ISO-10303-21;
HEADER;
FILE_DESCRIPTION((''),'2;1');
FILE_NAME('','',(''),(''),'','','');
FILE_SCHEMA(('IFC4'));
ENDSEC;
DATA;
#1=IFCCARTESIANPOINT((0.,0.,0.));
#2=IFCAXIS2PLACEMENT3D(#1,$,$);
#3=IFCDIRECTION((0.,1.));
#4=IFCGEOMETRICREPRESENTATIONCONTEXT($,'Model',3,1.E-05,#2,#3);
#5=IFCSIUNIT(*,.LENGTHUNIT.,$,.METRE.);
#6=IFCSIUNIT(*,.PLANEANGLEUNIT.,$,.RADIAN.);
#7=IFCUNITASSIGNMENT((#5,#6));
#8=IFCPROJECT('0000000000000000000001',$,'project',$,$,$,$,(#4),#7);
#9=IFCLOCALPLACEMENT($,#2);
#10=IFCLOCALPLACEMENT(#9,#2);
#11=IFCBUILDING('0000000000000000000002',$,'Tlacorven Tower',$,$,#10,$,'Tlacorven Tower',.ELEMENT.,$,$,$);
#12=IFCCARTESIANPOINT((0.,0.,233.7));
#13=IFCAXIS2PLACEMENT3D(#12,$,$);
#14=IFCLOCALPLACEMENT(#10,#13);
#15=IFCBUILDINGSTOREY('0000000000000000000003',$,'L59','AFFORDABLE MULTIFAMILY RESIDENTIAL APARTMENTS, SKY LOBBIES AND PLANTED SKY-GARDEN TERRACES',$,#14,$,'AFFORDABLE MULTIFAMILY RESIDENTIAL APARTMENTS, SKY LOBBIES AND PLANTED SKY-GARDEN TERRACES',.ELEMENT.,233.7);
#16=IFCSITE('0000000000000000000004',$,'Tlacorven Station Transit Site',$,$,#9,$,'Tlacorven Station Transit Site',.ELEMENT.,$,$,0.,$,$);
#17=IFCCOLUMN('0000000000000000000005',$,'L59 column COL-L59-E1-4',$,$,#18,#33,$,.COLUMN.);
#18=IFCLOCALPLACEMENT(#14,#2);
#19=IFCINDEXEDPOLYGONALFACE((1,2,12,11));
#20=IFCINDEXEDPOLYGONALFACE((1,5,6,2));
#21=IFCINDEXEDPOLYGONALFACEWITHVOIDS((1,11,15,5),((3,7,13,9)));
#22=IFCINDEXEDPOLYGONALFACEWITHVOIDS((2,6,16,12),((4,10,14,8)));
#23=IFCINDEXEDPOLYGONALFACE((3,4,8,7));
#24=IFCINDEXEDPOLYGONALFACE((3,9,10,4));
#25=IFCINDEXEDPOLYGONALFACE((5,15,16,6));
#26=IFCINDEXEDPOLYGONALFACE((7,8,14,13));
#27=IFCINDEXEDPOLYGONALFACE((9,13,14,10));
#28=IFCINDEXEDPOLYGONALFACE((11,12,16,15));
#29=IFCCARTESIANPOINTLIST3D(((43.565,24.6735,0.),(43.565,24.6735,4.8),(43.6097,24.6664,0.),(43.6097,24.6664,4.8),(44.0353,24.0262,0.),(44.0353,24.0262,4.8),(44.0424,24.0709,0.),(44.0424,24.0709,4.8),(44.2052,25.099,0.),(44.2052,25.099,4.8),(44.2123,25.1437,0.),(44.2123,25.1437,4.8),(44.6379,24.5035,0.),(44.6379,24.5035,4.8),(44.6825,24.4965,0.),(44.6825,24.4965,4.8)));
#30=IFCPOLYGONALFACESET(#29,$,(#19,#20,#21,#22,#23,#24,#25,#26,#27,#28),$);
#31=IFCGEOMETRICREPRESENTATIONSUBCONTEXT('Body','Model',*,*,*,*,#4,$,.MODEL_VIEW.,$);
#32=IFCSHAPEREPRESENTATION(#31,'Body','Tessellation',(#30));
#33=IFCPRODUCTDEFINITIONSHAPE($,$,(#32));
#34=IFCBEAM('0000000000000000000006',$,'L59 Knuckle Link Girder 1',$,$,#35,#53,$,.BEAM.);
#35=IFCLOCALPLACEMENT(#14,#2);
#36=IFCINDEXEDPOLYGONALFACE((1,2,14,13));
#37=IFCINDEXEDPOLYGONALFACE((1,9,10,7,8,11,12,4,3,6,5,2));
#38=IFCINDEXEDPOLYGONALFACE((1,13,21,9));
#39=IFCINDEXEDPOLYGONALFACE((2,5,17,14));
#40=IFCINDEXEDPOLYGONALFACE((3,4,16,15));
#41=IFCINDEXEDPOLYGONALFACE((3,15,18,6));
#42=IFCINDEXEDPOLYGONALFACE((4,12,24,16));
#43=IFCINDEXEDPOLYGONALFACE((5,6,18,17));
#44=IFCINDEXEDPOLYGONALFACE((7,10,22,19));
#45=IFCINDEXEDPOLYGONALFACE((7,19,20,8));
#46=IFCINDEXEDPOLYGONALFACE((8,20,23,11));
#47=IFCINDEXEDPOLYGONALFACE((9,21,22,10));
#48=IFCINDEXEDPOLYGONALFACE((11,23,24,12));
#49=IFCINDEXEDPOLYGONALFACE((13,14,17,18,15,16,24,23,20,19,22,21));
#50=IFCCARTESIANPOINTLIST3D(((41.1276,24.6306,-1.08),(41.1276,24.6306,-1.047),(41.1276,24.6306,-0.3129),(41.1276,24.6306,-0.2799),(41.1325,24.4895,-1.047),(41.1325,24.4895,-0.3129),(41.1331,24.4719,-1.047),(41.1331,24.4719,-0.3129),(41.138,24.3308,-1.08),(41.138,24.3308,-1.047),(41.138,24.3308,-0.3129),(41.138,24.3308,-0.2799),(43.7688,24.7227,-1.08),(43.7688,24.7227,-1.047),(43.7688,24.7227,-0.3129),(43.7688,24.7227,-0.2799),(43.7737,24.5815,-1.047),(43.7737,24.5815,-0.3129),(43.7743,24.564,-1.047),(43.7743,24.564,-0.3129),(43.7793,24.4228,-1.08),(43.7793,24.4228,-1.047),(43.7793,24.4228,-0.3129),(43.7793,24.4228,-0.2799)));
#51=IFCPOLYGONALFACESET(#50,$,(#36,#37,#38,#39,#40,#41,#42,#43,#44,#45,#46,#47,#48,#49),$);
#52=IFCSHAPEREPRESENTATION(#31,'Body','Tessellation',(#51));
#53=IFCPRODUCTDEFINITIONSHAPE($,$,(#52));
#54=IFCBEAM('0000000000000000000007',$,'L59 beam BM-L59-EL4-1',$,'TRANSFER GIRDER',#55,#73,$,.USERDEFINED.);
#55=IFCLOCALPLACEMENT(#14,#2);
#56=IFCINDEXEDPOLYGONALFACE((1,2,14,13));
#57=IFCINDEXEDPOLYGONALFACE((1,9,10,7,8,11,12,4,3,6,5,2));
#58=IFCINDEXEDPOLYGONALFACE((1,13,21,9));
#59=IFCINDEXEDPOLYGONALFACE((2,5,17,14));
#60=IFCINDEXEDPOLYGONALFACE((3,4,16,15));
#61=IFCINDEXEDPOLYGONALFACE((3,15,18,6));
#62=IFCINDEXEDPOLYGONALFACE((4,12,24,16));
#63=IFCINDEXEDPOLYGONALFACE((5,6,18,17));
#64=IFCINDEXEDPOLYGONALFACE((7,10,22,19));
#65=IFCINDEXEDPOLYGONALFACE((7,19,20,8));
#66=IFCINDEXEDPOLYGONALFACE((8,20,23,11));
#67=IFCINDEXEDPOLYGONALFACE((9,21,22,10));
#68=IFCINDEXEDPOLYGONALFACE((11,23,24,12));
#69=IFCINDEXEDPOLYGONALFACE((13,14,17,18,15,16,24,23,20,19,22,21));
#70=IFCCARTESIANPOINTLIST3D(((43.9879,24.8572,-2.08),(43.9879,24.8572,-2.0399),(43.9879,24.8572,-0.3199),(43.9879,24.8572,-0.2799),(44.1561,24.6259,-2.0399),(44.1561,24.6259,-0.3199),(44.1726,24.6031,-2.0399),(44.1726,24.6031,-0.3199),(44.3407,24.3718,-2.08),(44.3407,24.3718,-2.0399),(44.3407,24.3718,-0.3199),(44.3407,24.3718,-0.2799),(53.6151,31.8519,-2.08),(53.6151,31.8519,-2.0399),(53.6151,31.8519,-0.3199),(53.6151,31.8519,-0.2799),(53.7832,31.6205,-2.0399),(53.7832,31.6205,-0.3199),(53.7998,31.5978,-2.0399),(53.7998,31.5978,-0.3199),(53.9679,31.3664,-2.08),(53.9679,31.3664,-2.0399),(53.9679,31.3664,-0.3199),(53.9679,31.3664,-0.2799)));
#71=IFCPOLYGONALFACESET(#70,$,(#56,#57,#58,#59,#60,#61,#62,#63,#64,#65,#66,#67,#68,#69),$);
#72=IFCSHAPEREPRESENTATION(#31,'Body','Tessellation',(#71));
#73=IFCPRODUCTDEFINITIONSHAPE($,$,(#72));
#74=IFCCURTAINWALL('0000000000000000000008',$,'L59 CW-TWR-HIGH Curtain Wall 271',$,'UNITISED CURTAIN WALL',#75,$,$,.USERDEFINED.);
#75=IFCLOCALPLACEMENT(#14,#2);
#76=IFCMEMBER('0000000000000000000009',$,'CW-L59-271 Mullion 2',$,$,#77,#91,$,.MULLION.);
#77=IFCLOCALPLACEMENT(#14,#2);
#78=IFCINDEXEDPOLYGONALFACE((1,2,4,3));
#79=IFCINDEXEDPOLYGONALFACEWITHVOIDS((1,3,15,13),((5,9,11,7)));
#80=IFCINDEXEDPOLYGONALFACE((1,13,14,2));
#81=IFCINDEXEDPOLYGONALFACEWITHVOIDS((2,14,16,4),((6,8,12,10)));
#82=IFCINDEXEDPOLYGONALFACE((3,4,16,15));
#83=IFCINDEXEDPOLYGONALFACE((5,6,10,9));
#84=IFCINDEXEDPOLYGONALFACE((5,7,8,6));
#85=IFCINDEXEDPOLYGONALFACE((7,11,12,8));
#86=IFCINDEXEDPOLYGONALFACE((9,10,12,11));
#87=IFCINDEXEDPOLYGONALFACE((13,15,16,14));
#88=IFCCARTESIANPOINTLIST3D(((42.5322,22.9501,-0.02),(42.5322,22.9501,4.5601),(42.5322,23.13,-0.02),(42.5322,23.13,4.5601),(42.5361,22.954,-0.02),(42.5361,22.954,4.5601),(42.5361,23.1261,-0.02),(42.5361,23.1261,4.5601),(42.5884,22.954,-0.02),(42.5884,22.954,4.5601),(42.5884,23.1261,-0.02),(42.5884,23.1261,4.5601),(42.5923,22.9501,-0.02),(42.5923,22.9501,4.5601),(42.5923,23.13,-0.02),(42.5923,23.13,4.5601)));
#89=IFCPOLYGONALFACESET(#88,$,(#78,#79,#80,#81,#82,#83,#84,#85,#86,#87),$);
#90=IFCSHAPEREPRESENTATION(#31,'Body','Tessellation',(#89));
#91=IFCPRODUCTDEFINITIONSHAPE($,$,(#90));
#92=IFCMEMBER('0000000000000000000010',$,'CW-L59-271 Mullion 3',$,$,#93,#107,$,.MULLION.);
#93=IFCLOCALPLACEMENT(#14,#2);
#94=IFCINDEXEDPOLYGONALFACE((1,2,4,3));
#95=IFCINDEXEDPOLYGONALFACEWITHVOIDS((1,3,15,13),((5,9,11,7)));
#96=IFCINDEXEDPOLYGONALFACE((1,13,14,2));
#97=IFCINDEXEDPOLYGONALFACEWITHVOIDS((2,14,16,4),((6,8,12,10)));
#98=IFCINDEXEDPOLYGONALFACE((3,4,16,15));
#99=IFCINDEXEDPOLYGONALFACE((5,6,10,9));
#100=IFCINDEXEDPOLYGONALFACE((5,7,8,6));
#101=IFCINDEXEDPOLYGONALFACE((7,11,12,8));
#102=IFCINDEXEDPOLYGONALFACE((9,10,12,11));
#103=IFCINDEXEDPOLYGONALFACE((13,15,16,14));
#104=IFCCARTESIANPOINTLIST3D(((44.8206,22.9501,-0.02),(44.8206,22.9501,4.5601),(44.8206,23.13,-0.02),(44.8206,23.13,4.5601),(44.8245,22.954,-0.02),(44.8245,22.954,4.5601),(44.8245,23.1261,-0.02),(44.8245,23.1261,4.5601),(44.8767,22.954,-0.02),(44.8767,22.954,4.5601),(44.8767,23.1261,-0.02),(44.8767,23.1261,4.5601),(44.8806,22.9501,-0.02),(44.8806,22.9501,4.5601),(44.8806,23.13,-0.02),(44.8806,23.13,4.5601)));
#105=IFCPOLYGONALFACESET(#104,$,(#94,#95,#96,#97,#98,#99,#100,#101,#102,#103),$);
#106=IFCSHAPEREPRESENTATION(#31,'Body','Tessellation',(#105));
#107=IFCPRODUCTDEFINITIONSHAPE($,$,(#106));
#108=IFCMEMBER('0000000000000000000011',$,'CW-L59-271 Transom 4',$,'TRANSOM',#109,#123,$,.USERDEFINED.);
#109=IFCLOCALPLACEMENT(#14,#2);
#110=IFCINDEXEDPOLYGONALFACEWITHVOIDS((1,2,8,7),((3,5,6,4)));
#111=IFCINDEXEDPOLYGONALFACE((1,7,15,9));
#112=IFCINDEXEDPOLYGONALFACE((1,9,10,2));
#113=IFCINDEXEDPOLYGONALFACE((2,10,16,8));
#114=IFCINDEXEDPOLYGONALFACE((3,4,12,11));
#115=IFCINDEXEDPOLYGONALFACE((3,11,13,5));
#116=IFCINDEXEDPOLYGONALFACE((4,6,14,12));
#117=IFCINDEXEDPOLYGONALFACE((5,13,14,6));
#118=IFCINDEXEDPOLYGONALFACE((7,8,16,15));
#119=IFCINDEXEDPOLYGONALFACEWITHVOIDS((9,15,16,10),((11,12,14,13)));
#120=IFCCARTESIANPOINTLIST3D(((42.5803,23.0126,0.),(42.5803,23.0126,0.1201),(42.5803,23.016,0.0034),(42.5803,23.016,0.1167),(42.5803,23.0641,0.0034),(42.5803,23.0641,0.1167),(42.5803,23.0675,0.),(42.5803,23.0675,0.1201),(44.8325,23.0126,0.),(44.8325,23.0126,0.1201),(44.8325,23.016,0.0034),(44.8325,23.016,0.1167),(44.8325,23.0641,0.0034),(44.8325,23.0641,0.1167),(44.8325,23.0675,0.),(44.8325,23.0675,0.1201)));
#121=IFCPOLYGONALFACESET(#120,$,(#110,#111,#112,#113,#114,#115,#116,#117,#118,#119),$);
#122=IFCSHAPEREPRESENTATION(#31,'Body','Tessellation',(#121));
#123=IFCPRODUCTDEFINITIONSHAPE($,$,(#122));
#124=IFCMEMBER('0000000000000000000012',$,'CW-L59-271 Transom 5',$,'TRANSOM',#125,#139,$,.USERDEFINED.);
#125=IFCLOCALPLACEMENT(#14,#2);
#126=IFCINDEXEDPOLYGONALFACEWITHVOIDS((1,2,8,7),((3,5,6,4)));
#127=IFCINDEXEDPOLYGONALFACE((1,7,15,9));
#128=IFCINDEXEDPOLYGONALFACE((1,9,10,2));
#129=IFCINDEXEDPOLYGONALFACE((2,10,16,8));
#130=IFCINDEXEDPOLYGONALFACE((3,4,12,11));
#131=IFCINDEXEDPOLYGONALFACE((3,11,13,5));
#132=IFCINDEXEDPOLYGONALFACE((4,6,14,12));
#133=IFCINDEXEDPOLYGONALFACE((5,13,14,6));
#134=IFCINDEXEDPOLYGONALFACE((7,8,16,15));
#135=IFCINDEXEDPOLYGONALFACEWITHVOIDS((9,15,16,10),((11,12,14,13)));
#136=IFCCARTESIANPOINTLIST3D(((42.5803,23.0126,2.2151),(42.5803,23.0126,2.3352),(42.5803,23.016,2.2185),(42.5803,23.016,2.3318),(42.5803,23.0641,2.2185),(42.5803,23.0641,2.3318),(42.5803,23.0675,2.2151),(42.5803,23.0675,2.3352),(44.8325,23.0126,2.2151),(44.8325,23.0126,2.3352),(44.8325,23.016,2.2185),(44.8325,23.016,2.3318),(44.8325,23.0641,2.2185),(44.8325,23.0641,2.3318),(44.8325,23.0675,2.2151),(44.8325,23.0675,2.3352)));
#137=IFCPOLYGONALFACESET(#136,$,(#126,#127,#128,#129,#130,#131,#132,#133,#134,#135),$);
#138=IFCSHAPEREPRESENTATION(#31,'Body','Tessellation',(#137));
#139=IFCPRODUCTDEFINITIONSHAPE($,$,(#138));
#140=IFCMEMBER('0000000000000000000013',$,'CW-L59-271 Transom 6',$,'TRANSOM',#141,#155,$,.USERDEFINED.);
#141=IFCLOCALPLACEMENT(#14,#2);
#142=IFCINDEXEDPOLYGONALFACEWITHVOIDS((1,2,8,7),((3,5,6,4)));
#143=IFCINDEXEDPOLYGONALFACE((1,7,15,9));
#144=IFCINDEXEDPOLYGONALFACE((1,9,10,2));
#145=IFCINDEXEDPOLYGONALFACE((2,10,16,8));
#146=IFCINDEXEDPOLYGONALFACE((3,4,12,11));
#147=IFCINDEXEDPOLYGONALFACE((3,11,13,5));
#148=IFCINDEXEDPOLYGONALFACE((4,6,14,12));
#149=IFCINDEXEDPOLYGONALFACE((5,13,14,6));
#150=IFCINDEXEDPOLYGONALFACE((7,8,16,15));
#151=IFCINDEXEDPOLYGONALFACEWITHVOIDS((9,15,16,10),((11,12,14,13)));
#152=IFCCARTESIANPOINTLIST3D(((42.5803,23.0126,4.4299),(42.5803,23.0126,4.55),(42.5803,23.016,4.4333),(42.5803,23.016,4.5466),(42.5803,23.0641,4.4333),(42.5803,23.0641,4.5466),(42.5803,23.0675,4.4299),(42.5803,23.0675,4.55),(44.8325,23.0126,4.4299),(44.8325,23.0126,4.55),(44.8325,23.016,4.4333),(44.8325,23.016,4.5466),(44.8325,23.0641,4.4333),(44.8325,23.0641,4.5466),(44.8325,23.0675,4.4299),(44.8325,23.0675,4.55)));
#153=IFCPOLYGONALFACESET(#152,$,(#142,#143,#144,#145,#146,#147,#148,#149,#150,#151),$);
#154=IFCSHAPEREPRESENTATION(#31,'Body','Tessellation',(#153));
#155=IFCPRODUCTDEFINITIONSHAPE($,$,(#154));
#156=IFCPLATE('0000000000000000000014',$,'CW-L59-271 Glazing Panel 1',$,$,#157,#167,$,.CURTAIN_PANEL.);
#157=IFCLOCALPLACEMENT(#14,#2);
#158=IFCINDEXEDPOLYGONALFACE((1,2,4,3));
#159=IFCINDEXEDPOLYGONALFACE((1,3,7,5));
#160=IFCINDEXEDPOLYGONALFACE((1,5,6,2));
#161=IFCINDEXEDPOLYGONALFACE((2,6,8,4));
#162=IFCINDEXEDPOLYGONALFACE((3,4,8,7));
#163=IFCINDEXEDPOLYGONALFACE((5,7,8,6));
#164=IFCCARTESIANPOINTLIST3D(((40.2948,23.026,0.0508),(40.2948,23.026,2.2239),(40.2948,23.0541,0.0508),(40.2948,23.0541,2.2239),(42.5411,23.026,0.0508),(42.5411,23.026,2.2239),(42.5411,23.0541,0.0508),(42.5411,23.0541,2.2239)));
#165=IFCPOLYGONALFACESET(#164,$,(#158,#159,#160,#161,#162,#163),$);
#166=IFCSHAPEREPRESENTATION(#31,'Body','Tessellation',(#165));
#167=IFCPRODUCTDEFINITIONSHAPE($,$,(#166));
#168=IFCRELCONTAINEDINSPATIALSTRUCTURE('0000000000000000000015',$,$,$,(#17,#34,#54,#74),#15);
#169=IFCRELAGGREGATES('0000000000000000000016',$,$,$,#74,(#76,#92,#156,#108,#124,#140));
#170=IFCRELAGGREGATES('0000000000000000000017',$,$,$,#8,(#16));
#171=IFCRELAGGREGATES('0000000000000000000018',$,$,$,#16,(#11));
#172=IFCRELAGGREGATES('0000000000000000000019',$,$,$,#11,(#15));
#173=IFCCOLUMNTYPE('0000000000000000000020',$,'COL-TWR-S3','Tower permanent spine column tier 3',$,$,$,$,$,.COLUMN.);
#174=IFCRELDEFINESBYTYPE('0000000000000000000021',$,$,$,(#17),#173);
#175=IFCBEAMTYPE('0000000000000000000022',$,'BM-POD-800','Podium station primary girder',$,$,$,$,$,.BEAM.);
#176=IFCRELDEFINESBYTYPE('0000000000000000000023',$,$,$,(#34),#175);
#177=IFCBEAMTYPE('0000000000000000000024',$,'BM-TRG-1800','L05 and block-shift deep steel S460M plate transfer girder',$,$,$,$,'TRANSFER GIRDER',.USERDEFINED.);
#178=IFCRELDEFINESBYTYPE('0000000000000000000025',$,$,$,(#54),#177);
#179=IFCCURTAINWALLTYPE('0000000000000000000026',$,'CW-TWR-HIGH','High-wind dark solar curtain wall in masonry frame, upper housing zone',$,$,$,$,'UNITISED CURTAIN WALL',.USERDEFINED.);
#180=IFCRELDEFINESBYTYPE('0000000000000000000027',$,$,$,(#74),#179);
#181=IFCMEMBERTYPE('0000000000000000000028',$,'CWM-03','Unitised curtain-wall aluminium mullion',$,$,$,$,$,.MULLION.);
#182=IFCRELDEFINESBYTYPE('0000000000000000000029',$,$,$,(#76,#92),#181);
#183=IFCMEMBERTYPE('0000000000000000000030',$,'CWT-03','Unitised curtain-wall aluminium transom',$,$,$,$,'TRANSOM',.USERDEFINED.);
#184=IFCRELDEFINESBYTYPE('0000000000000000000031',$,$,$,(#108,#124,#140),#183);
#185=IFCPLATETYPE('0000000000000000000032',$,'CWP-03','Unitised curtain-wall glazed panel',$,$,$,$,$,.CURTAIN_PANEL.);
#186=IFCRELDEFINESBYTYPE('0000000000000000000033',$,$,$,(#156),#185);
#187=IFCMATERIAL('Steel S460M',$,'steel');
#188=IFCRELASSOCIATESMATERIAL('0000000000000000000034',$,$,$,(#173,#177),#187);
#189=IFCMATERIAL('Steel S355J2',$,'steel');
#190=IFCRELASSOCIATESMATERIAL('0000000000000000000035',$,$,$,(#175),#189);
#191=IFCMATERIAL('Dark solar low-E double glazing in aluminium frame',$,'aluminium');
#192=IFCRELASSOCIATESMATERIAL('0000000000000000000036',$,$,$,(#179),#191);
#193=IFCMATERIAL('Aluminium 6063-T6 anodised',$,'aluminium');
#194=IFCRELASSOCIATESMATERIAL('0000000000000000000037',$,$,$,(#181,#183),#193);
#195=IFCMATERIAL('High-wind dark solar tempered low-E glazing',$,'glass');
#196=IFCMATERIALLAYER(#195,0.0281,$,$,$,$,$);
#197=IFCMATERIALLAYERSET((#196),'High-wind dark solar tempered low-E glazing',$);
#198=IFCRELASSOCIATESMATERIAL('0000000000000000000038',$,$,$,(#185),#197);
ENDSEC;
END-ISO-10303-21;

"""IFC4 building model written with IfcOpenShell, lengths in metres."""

from ifc_helpers import new_model, si_unit, direction, frame, origin, origin_2d, place, context, subcontext, project, spatial, rectangle, hollow_rectangle, i_section, extrude, source, transform, mapped, material, layer, layer_set, material_profile, profile_set, type_object, element, aggregate, save


model = new_model("IFC4")

# Units and contexts
model_context = context("Model", 3, precision=1e-05, world=origin(), true_north=direction((0.0, 1.0)))
body_context = subcontext(model_context, "Body", "Model", "MODEL_VIEW")
ifc_project = project(units=[si_unit("LENGTHUNIT", "METRE"), si_unit("PLANEANGLEUNIT", "RADIAN")], contexts=[model_context])

# Site, building, storey
site_placement = place(None, origin())
site = spatial("IfcSite", under=ifc_project, at=site_placement, Name="Tlacorven Station Transit Site", LongName="Tlacorven Station Transit Site", CompositionType="ELEMENT", RefElevation=0.0)
building_placement = place(site_placement, origin())
building = spatial("IfcBuilding", under=site, at=building_placement, Name="Tlacorven Tower", LongName="Tlacorven Tower", CompositionType="ELEMENT")
storey_placement = place(building_placement, frame((0.0, 0.0, 233.7)))
storey = spatial("IfcBuildingStorey", under=building, at=storey_placement, Name="L59", Description="AFFORDABLE MULTIFAMILY RESIDENTIAL APARTMENTS, SKY LOBBIES AND PLANTED SKY-GARDEN TERRACES", LongName="AFFORDABLE MULTIFAMILY RESIDENTIAL APARTMENTS, SKY LOBBIES AND PLANTED SKY-GARDEN TERRACES", CompositionType="ELEMENT", Elevation=233.7)

# Column
ifc_material_1 = material(Name="Steel S460M", Category="steel")
ifc_material_profile_1 = material_profile(ifc_material_1, hollow_rectangle(XDim=0.8, YDim=0.8, WallThickness=0.032, at=origin_2d()), Name="BOX 800X800X32")
ifc_profile_set_1 = profile_set([ifc_material_profile_1], Name="Steel S460M")
column_type = type_object("IfcColumnType", Name="COL-TWR-S3", Description="Tower permanent spine column tier 3", PredefinedType="COLUMN", material=ifc_profile_set_1)
shared_shape_1 = source(origin(), body_context, "Body", "SweptSolid", [
    extrude(hollow_rectangle(XDim=0.8, YDim=0.8, WallThickness=0.032, at=origin_2d()), origin(), (0.0, 0.0, 1.0), 4.8),
])
column_placement = place(storey_placement, frame((44.1238, 24.585, 0.0), z_axis=(0.0, 0.0, 1.0), x_axis=(0.809017, 0.587785, 0.0)))
element("IfcColumn", 1, at=column_placement, inside=storey, type_object=column_type, Name="L59 column COL-L59-E1-4", PredefinedType="COLUMN", context=body_context, shape_type="MappedRepresentation", body=[
    mapped(shared_shape_1, transform((0.0, 0.0, 0.0), scale=1.0)),
])

# Beams
ifc_material_2 = material(Name="Steel S355J2", Category="steel")
ifc_material_profile_2 = material_profile(ifc_material_2, i_section(OverallWidth=0.3, OverallDepth=0.8, WebThickness=0.0176, FlangeThickness=0.033, at=origin_2d()), Name="HEB 800")
ifc_profile_set_2 = profile_set([ifc_material_profile_2], Name="Steel S355J2")
beam_type_1 = type_object("IfcBeamType", Name="BM-POD-800", Description="Podium station primary girder", PredefinedType="BEAM", material=ifc_profile_set_2)
shared_shape_2 = source(origin(), body_context, "Body", "SweptSolid", [
    extrude(i_section(OverallWidth=0.3, OverallDepth=0.8, WebThickness=0.0176, FlangeThickness=0.033, at=origin_2d()), origin(), (0.0, 0.0, 1.0), 2.6428),
])
beam_1_placement = place(storey_placement, frame((41.1328, 24.4807, -0.6799), z_axis=(0.999393, 0.034828, 0.0), x_axis=(-0.034828, 0.999393, 0.0)))
element("IfcBeam", 2, at=beam_1_placement, inside=storey, type_object=beam_type_1, Name="L59 Knuckle Link Girder 1", PredefinedType="BEAM", context=body_context, shape_type="MappedRepresentation", body=[
    mapped(shared_shape_2, transform((0.0, 0.0, 0.0), scale=1.0)),
])
ifc_material_profile_3 = material_profile(ifc_material_1, i_section(OverallWidth=0.6001, OverallDepth=1.8, WebThickness=0.0281, FlangeThickness=0.04, at=origin_2d()), Name="PG 1800X600X28X40")
ifc_profile_set_3 = profile_set([ifc_material_profile_3], Name="Steel S460M")
beam_type_2 = type_object("IfcBeamType", Name="BM-TRG-1800", Description="L05 and block-shift deep steel S460M plate transfer girder", ElementType="TRANSFER GIRDER", PredefinedType="USERDEFINED", material=ifc_profile_set_3)
shared_shape_3 = source(origin(), body_context, "Body", "SweptSolid", [
    extrude(i_section(OverallWidth=0.6001, OverallDepth=1.8, WebThickness=0.0281, FlangeThickness=0.04, at=origin_2d()), origin(), (0.0, 0.0, 1.0), 11.8999),
])
beam_2_placement = place(storey_placement, frame((44.1643, 24.6145, -1.1799), z_axis=(0.809015, 0.587789, 0.0), x_axis=(-0.587789, 0.809015, 0.0)))
element("IfcBeam", 3, at=beam_2_placement, inside=storey, type_object=beam_type_2, Name="L59 beam BM-L59-EL4-1", ObjectType="TRANSFER GIRDER", PredefinedType="USERDEFINED", context=body_context, shape_type="MappedRepresentation", body=[
    mapped(shared_shape_3, transform((0.0, 0.0, 0.0), scale=1.0)),
])

# Curtain wall, members, plate
ifc_material_3 = material(Name="Dark solar low-E double glazing in aluminium frame", Category="aluminium")
curtain_wall_type = type_object("IfcCurtainWallType", Name="CW-TWR-HIGH", Description="High-wind dark solar curtain wall in masonry frame, upper housing zone", ElementType="UNITISED CURTAIN WALL", PredefinedType="USERDEFINED", material=ifc_material_3)
curtain_wall_placement = place(storey_placement, origin())
curtain_wall = element("IfcCurtainWall", 4, at=curtain_wall_placement, inside=storey, type_object=curtain_wall_type, Name="L59 CW-TWR-HIGH Curtain Wall 271", ObjectType="UNITISED CURTAIN WALL", PredefinedType="USERDEFINED")
ifc_material_4 = material(Name="Aluminium 6063-T6 anodised", Category="aluminium")
ifc_material_profile_4 = material_profile(ifc_material_4, hollow_rectangle(XDim=0.0601, YDim=0.1799, WallThickness=0.0039, at=origin_2d()), Name="ALU MULLION 60X180")
ifc_profile_set_4 = profile_set([ifc_material_profile_4], Name="Aluminium 6063-T6 anodised")
member_type_1 = type_object("IfcMemberType", Name="CWM-03", Description="Unitised curtain-wall aluminium mullion", PredefinedType="MULLION", material=ifc_profile_set_4)
shared_shape_4 = source(origin(), body_context, "Body", "SweptSolid", [
    extrude(hollow_rectangle(XDim=0.0601, YDim=0.1799, WallThickness=0.0039, at=origin_2d()), origin(), (0.0, 0.0, 1.0), 4.5801),
])
member_1_placement = place(storey_placement, frame((42.5623, 23.04, -0.02), z_axis=(0.0, 0.0, 1.0), x_axis=(1.0, 0.0, 0.0)))
member_1 = element("IfcMember", 5, at=member_1_placement, type_object=member_type_1, Name="CW-L59-271 Mullion 2", PredefinedType="MULLION", context=body_context, shape_type="MappedRepresentation", body=[
    mapped(shared_shape_4, transform((0.0, 0.0, 0.0), scale=1.0)),
])
member_2_placement = place(storey_placement, frame((44.8506, 23.04, -0.02), z_axis=(0.0, 0.0, 1.0), x_axis=(1.0, 0.0, 0.0)))
member_2 = element("IfcMember", 6, at=member_2_placement, type_object=member_type_1, Name="CW-L59-271 Mullion 3", PredefinedType="MULLION", context=body_context, shape_type="MappedRepresentation", body=[
    mapped(shared_shape_4, transform((0.0, 0.0, 0.0), scale=1.0)),
])
ifc_material_profile_5 = material_profile(ifc_material_4, hollow_rectangle(XDim=0.0549, YDim=0.1201, WallThickness=0.0034, at=origin_2d()), Name="ALU TRANSOM 55X120")
ifc_profile_set_5 = profile_set([ifc_material_profile_5], Name="Aluminium 6063-T6 anodised")
member_type_2 = type_object("IfcMemberType", Name="CWT-03", Description="Unitised curtain-wall aluminium transom", ElementType="TRANSOM", PredefinedType="USERDEFINED", material=ifc_profile_set_5)
shared_shape_5 = source(origin(), body_context, "Body", "SweptSolid", [
    extrude(hollow_rectangle(XDim=0.0549, YDim=0.1201, WallThickness=0.0034, at=origin_2d()), origin(), (0.0, 0.0, 1.0), 2.2522),
])
member_3_placement = place(storey_placement, frame((42.5803, 23.04, 0.0601), z_axis=(1.0, 0.0, 0.0), x_axis=(0.0, 1.0, 0.0)))
member_3 = element("IfcMember", 7, at=member_3_placement, type_object=member_type_2, Name="CW-L59-271 Transom 4", ObjectType="TRANSOM", PredefinedType="USERDEFINED", context=body_context, shape_type="MappedRepresentation", body=[
    mapped(shared_shape_5, transform((0.0, 0.0, 0.0), scale=1.0)),
])
member_4_placement = place(storey_placement, frame((42.5803, 23.04, 2.2751), z_axis=(1.0, 0.0, 0.0), x_axis=(0.0, 1.0, 0.0)))
member_4 = element("IfcMember", 8, at=member_4_placement, type_object=member_type_2, Name="CW-L59-271 Transom 5", ObjectType="TRANSOM", PredefinedType="USERDEFINED", context=body_context, shape_type="MappedRepresentation", body=[
    mapped(shared_shape_5, transform((0.0, 0.0, 0.0), scale=1.0)),
])
member_5_placement = place(storey_placement, frame((42.5803, 23.04, 4.49), z_axis=(1.0, 0.0, 0.0), x_axis=(0.0, 1.0, 0.0)))
member_5 = element("IfcMember", 9, at=member_5_placement, type_object=member_type_2, Name="CW-L59-271 Transom 6", ObjectType="TRANSOM", PredefinedType="USERDEFINED", context=body_context, shape_type="MappedRepresentation", body=[
    mapped(shared_shape_5, transform((0.0, 0.0, 0.0), scale=1.0)),
])
ifc_material_5 = material(Name="High-wind dark solar tempered low-E glazing", Category="glass")
ifc_layer_1 = layer(ifc_material_5, 0.0281)
ifc_layer_set_1 = layer_set([ifc_layer_1], Name="High-wind dark solar tempered low-E glazing")
plate_type = type_object("IfcPlateType", Name="CWP-03", Description="Unitised curtain-wall glazed panel", PredefinedType="CURTAIN_PANEL", material=ifc_layer_set_1)
shared_shape_6 = source(origin(), body_context, "Body", "SweptSolid", [
    extrude(rectangle(XDim=2.2463, YDim=0.0281, at=origin_2d()), origin(), (0.0, 0.0, 1.0), 2.1731),
])
plate_1_placement = place(storey_placement, frame((41.418, 23.04, 0.0508), z_axis=(0.0, 0.0, 1.0), x_axis=(1.0, 0.0, 0.0)))
plate_1 = element("IfcPlate", 10, at=plate_1_placement, type_object=plate_type, Name="CW-L59-271 Glazing Panel 1", PredefinedType="CURTAIN_PANEL", context=body_context, shape_type="MappedRepresentation", body=[
    mapped(shared_shape_6, transform((0.0, 0.0, 0.0), scale=1.0)),
])
aggregate(curtain_wall, [member_1, member_2, plate_1, member_3, member_4, member_5])

save(model, "model.ifc")
